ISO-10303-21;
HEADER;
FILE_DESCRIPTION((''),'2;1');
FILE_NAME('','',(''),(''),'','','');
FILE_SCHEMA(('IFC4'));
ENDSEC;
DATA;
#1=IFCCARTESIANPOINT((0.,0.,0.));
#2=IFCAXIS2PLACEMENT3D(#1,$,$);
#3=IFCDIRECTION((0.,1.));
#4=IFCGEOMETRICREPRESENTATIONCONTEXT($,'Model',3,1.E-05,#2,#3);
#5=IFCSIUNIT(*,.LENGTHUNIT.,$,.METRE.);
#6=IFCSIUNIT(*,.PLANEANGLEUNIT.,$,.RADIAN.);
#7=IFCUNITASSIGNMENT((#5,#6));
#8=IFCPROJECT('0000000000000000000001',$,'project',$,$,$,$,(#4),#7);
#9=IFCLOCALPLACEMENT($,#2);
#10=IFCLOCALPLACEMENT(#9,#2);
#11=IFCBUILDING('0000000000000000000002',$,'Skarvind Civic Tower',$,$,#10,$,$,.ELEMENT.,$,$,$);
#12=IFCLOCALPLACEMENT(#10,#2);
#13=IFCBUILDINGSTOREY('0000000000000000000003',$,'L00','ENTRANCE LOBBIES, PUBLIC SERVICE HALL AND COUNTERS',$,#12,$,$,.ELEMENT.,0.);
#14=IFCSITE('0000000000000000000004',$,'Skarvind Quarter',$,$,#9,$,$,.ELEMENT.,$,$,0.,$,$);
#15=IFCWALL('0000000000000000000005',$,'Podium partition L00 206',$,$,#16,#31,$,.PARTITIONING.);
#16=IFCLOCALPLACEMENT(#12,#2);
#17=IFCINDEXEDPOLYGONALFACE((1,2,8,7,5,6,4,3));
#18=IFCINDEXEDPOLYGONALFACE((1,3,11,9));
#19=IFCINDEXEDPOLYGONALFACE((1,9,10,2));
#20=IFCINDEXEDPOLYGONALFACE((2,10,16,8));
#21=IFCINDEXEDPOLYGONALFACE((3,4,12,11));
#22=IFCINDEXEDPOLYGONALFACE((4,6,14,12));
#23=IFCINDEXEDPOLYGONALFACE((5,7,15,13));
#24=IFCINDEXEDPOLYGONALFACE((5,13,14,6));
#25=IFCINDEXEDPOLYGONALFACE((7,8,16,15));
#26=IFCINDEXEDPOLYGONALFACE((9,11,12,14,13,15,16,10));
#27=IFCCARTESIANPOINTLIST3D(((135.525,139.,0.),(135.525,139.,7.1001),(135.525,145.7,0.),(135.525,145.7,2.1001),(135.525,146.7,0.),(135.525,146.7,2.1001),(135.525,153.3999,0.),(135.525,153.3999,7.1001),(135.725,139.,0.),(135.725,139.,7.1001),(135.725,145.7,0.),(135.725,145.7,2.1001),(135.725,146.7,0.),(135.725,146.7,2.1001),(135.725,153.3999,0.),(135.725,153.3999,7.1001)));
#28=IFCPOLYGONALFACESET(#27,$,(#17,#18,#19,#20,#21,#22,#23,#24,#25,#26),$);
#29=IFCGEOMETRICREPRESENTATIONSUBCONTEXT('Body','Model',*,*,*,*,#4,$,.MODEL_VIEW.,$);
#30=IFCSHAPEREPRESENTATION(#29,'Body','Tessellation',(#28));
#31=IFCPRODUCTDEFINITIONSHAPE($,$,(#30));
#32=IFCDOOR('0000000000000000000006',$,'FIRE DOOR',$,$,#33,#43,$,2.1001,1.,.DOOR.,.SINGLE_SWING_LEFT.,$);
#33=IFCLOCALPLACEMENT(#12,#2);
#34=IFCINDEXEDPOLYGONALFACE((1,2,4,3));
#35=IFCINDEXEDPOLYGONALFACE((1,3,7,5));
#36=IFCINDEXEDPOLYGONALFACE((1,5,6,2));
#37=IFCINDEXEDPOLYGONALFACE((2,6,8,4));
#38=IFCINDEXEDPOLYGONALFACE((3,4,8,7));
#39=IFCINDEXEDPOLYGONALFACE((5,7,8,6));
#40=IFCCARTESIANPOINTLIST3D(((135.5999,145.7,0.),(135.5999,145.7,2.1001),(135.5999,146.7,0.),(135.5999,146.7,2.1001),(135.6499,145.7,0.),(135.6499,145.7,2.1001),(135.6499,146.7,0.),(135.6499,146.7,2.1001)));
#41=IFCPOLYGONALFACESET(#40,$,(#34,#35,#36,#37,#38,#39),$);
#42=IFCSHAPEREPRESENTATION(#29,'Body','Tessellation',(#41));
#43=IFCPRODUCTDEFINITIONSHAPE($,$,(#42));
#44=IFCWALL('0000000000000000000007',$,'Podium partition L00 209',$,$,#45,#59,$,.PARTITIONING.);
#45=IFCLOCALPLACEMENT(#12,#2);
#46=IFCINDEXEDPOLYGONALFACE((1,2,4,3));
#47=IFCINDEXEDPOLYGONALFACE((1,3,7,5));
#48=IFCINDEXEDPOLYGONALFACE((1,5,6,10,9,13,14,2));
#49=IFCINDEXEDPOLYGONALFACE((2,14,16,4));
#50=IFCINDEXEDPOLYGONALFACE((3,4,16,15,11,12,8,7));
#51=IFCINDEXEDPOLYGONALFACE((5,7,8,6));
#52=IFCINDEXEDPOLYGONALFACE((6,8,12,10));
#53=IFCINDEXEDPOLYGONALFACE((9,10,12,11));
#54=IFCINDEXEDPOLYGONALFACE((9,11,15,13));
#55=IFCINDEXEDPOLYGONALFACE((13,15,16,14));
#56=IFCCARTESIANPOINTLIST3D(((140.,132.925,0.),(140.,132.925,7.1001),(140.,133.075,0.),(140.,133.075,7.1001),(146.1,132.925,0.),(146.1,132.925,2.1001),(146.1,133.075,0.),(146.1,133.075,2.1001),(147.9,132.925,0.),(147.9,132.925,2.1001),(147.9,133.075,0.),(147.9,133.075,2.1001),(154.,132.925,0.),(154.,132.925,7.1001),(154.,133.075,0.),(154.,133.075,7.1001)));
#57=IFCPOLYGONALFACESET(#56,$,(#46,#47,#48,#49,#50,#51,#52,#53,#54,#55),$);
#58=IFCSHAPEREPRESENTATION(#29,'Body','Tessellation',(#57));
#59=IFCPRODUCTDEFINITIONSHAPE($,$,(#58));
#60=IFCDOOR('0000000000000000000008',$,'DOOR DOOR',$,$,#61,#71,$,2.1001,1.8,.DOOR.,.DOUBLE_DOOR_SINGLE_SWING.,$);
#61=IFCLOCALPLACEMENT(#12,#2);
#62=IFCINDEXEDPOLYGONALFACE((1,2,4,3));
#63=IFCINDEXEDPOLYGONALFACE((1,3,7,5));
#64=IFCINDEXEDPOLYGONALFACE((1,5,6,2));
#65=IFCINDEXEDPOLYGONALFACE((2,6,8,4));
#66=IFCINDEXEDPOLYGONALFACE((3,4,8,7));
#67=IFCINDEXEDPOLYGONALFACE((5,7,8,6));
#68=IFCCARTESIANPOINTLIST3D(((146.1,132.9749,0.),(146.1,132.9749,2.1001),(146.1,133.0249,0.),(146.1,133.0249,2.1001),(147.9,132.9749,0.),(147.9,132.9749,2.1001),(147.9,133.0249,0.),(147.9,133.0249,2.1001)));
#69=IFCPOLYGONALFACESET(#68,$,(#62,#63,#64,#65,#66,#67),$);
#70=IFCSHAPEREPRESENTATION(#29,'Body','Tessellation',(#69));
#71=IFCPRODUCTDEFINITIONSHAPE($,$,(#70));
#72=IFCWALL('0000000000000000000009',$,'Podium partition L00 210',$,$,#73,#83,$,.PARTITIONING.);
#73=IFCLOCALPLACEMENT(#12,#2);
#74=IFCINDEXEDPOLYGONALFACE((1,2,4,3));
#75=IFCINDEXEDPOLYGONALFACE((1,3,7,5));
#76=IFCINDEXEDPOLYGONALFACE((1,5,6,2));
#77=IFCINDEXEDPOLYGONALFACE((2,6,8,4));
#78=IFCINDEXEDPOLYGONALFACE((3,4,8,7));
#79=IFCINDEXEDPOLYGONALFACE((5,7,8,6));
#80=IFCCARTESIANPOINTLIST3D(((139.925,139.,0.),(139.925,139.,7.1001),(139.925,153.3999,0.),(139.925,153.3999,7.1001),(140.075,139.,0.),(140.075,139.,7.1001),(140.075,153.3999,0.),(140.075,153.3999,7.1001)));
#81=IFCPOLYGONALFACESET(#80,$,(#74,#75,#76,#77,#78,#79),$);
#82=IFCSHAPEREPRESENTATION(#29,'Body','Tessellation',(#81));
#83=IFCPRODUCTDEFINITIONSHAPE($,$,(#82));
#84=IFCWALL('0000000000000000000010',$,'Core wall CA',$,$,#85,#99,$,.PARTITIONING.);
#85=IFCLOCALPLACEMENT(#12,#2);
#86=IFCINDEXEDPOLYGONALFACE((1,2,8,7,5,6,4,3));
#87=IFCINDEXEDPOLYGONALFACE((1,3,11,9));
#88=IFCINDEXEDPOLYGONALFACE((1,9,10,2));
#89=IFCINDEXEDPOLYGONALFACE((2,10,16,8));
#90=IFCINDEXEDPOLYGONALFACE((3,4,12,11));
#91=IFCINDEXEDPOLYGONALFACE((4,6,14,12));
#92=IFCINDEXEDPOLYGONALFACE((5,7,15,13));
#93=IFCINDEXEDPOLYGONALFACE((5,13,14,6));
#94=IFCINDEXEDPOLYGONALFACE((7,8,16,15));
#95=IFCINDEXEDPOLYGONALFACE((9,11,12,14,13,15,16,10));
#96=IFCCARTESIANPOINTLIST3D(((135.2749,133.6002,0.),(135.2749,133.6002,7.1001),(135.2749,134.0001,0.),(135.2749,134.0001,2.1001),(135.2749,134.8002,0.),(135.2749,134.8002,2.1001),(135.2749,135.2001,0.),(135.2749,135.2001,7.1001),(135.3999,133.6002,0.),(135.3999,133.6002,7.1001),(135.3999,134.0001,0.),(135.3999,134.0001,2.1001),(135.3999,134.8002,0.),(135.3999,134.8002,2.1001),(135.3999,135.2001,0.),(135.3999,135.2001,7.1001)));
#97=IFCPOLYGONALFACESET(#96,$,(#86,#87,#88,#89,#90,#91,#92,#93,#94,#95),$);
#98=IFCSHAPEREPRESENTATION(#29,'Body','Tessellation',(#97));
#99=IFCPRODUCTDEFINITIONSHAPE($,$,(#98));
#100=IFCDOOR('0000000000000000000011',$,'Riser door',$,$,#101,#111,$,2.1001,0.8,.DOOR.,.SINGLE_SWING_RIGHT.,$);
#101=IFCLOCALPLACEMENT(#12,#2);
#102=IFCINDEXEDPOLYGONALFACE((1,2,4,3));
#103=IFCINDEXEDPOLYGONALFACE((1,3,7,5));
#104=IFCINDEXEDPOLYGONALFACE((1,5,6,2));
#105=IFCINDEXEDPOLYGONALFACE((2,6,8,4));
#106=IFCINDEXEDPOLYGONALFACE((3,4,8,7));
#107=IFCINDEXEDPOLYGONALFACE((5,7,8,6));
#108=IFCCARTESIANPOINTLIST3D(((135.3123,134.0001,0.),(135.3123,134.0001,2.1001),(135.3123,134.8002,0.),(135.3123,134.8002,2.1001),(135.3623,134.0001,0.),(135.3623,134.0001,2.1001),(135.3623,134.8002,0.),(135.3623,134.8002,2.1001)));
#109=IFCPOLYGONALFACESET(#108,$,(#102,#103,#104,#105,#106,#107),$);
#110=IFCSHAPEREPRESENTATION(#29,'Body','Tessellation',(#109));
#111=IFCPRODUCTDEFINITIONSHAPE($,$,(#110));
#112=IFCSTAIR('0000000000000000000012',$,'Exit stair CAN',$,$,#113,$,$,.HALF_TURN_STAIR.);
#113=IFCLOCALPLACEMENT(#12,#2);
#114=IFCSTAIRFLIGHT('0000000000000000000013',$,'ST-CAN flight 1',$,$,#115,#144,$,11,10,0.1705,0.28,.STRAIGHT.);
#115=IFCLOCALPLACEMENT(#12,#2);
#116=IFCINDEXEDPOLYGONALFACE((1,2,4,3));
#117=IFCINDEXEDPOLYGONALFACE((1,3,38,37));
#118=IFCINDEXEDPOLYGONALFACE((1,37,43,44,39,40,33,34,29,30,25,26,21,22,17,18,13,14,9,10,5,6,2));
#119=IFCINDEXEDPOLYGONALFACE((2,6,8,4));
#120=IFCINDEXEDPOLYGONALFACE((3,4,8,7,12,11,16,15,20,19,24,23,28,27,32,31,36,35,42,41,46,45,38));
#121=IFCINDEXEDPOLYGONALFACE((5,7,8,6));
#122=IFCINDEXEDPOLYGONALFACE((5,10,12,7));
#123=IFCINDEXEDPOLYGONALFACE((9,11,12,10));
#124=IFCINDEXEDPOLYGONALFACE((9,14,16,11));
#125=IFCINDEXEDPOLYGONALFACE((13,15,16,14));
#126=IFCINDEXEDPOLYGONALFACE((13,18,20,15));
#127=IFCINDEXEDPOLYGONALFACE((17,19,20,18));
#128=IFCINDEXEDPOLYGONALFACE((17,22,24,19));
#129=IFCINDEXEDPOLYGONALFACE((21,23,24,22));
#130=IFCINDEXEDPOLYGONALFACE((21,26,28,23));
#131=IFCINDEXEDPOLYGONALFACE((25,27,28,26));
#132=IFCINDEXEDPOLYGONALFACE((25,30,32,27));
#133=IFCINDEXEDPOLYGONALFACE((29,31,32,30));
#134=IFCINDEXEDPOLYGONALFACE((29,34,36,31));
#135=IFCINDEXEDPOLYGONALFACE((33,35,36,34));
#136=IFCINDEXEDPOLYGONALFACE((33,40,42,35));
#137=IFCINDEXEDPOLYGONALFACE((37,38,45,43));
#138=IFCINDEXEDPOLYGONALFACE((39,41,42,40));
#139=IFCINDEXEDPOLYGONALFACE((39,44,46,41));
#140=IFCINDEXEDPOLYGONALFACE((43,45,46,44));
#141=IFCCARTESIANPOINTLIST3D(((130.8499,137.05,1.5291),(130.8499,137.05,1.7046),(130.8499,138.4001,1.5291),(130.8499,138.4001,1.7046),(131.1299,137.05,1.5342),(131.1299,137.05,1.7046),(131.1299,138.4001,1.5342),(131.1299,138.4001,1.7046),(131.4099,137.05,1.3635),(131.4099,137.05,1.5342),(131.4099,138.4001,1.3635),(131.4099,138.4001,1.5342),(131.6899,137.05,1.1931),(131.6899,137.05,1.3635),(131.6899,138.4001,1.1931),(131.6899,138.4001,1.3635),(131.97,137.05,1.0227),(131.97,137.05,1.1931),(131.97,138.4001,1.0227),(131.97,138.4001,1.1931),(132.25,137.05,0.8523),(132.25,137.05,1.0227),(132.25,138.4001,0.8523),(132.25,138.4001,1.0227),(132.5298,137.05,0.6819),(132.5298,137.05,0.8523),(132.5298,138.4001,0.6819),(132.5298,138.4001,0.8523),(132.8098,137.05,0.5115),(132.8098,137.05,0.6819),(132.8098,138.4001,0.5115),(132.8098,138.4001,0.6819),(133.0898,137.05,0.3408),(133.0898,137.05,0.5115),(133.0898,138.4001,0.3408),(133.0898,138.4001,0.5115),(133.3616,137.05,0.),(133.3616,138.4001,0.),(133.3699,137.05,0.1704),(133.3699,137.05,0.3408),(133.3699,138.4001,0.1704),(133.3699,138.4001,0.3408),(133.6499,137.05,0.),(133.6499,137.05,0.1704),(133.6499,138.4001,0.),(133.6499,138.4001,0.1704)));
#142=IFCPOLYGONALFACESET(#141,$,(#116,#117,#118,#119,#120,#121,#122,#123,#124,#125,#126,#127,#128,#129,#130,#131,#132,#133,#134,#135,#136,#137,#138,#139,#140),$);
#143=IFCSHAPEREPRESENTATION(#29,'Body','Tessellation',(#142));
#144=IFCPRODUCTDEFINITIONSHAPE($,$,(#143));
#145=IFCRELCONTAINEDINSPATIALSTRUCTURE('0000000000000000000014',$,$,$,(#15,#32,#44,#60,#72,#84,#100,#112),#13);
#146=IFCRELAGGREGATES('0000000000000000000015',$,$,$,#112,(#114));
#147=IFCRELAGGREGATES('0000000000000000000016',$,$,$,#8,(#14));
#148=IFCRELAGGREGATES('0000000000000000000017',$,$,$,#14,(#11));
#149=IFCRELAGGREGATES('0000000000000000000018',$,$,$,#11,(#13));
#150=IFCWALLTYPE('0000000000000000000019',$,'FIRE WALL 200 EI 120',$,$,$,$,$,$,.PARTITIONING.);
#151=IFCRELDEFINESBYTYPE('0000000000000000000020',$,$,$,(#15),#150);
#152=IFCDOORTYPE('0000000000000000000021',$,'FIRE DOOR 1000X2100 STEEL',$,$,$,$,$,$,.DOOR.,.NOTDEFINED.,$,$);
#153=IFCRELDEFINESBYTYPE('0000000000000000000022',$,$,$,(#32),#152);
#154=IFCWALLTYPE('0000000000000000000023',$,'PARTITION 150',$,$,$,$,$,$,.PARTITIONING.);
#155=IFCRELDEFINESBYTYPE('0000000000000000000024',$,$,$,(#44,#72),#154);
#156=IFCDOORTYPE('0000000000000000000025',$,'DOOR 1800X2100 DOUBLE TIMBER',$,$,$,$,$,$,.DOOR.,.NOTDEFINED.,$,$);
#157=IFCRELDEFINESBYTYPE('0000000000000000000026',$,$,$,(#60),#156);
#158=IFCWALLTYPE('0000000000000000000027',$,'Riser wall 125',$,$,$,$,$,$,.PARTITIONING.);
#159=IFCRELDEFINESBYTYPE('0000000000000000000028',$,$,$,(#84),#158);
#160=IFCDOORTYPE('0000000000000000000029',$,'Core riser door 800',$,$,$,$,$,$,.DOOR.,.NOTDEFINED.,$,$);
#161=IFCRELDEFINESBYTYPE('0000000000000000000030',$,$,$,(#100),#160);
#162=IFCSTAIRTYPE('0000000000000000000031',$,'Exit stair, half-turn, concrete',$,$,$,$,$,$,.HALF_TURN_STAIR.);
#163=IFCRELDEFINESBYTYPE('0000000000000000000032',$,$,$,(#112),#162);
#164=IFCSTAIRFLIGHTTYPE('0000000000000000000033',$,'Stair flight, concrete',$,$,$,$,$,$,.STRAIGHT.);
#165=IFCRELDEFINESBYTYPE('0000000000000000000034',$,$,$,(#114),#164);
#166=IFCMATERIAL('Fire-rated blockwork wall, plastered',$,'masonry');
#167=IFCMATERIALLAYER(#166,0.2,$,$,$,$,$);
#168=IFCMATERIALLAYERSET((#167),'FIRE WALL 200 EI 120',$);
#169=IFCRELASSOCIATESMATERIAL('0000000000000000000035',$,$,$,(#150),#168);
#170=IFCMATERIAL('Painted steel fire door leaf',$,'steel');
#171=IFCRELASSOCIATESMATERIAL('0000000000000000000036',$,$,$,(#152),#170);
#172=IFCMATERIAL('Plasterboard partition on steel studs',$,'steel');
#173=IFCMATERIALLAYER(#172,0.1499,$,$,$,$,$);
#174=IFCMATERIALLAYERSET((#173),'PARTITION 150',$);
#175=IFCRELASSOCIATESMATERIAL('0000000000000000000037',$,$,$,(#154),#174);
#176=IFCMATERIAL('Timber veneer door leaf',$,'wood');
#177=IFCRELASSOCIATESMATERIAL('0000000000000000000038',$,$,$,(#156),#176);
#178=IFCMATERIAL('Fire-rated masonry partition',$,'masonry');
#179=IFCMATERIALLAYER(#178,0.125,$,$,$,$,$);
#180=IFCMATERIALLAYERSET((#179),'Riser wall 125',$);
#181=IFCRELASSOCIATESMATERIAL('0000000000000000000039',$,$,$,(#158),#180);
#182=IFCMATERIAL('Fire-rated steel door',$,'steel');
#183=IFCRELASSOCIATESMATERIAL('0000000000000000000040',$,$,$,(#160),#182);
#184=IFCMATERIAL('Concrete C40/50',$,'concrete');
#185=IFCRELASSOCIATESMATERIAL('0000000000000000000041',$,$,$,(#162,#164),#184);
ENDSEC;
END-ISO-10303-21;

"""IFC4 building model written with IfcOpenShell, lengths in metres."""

from ifc_helpers import new_model, si_unit, direction, frame, frame_2d, origin, place, context, subcontext, project, spatial, polyline, rectangle, outline, extrude, material, layer, layer_set, type_object, element, fill, aggregate, save


model = new_model("IFC4")

# Units and contexts
model_context = context("Model", 3, precision=1e-05, world=origin(), true_north=direction((0.0, 1.0)))
body_context = subcontext(model_context, "Body", "Model", "MODEL_VIEW")
ifc_project = project(units=[si_unit("LENGTHUNIT", "METRE"), si_unit("PLANEANGLEUNIT", "RADIAN")], contexts=[model_context])

# Site, building, storey
site_placement = place(None, origin())
site = spatial("IfcSite", under=ifc_project, at=site_placement, Name="Skarvind Quarter", CompositionType="ELEMENT", RefElevation=0.0)
building_placement = place(site_placement, origin())
building = spatial("IfcBuilding", under=site, at=building_placement, Name="Skarvind Civic Tower", CompositionType="ELEMENT")
storey_placement = place(building_placement, origin())
storey = spatial("IfcBuildingStorey", under=building, at=storey_placement, Name="L00", Description="ENTRANCE LOBBIES, PUBLIC SERVICE HALL AND COUNTERS", CompositionType="ELEMENT", Elevation=0.0)

# Shared definitions
ifc_material_1 = material(Name="Fire-rated masonry partition", Category="masonry")
ifc_material_2 = material(Name="Fire-rated steel door", Category="steel")

# Walls, openings, doors
ifc_material_3 = material(Name="Fire-rated blockwork wall, plastered", Category="masonry")
ifc_layer_1 = layer(ifc_material_3, 0.2)
ifc_layer_set_1 = layer_set([ifc_layer_1], Name="FIRE WALL 200 EI 120")
wall_type_1 = type_object("IfcWallType", Name="FIRE WALL 200 EI 120", PredefinedType="PARTITIONING", material=ifc_layer_set_1)
wall_1_placement = place(storey_placement, frame((135.625, 153.3999, 0.0), z_axis=(0.0, 0.0, 1.0), x_axis=(0.0, -1.0, 0.0)))
wall_1 = element("IfcWall", 1, at=wall_1_placement, inside=storey, type_object=wall_type_1, Name="Podium partition L00 206", PredefinedType="PARTITIONING", context=body_context, shape_type="SweptSolid", body=[
    extrude(rectangle(XDim=14.3999, YDim=0.2, at=frame_2d((7.2, 0.0))), origin(), (0.0, 0.0, 1.0), 7.1001),
])
opening_1_placement = place(wall_1_placement, frame((6.7, 0.0, 0.0)))
opening_1 = element("IfcOpeningElement", 2, at=opening_1_placement, cuts=wall_1, PredefinedType="OPENING", context=body_context, shape_type="SweptSolid", body=[
    extrude(rectangle(XDim=1.0, YDim=2.1001, at=frame_2d((0.5, 1.05))), frame((0.0, 0.1099, 0.0), z_axis=(0.0, -1.0, 0.0), x_axis=(1.0, 0.0, 0.0)), (0.0, 0.0, 1.0), 0.22),
])
ifc_material_4 = material(Name="Painted steel fire door leaf", Category="steel")
door_type_1 = type_object("IfcDoorType", Name="FIRE DOOR 1000X2100 STEEL", OperationType="NOTDEFINED", PredefinedType="DOOR", material=ifc_material_4)
door_1_placement = place(opening_1_placement, origin())
door_1 = element("IfcDoor", 3, at=door_1_placement, inside=storey, type_object=door_type_1, Name="FIRE DOOR", OperationType="SINGLE_SWING_LEFT", OverallHeight=2.1001, OverallWidth=1.0, PredefinedType="DOOR", context=body_context, shape_type="SweptSolid", body=[
    extrude(rectangle(XDim=1.0, YDim=2.1001, at=frame_2d((0.5, 1.05))), frame((0.0, 0.0249, 0.0), z_axis=(0.0, -1.0, 0.0), x_axis=(1.0, 0.0, 0.0)), (0.0, 0.0, 1.0), 0.05),
])
fill(opening_1, door_1)
ifc_material_5 = material(Name="Plasterboard partition on steel studs", Category="steel")
ifc_layer_2 = layer(ifc_material_5, 0.1499)
ifc_layer_set_2 = layer_set([ifc_layer_2], Name="PARTITION 150")
wall_type_2 = type_object("IfcWallType", Name="PARTITION 150", PredefinedType="PARTITIONING", material=ifc_layer_set_2)
wall_2_placement = place(storey_placement, frame((140.0, 133.0, 0.0), z_axis=(0.0, 0.0, 1.0), x_axis=(1.0, 0.0, 0.0)))
wall_2 = element("IfcWall", 4, at=wall_2_placement, inside=storey, type_object=wall_type_2, Name="Podium partition L00 209", PredefinedType="PARTITIONING", context=body_context, shape_type="SweptSolid", body=[
    extrude(rectangle(XDim=14.0, YDim=0.1499, at=frame_2d((7.0, 0.0))), origin(), (0.0, 0.0, 1.0), 7.1001),
])
opening_2_placement = place(wall_2_placement, frame((6.1001, 0.0, 0.0)))
opening_2 = element("IfcOpeningElement", 5, at=opening_2_placement, cuts=wall_2, PredefinedType="OPENING", context=body_context, shape_type="SweptSolid", body=[
    extrude(rectangle(XDim=1.8, YDim=2.1001, at=frame_2d((0.8999, 1.05))), frame((0.0, 0.085, 0.0), z_axis=(0.0, -1.0, 0.0), x_axis=(1.0, 0.0, 0.0)), (0.0, 0.0, 1.0), 0.1699),
])
ifc_material_6 = material(Name="Timber veneer door leaf", Category="wood")
door_type_2 = type_object("IfcDoorType", Name="DOOR 1800X2100 DOUBLE TIMBER", OperationType="NOTDEFINED", PredefinedType="DOOR", material=ifc_material_6)
door_2_placement = place(opening_2_placement, origin())
door_2 = element("IfcDoor", 6, at=door_2_placement, inside=storey, type_object=door_type_2, Name="DOOR DOOR", OperationType="DOUBLE_DOOR_SINGLE_SWING", OverallHeight=2.1001, OverallWidth=1.8, PredefinedType="DOOR", context=body_context, shape_type="SweptSolid", body=[
    extrude(rectangle(XDim=1.8, YDim=2.1001, at=frame_2d((0.8999, 1.05))), frame((0.0, 0.0249, 0.0), z_axis=(0.0, -1.0, 0.0), x_axis=(1.0, 0.0, 0.0)), (0.0, 0.0, 1.0), 0.05),
])
fill(opening_2, door_2)

# Wall
wall_3_placement = place(storey_placement, frame((140.0, 139.0, 0.0), z_axis=(0.0, 0.0, 1.0), x_axis=(0.0, 1.0, 0.0)))
element("IfcWall", 7, at=wall_3_placement, inside=storey, type_object=wall_type_2, Name="Podium partition L00 210", PredefinedType="PARTITIONING", context=body_context, shape_type="SweptSolid", body=[
    extrude(rectangle(XDim=14.3999, YDim=0.1499, at=frame_2d((7.2, 0.0))), origin(), (0.0, 0.0, 1.0), 7.1001),
])

# Wall, opening, door
ifc_layer_3 = layer(ifc_material_1, 0.125)
ifc_layer_set_3 = layer_set([ifc_layer_3], Name="Riser wall 125")
wall_type_3 = type_object("IfcWallType", Name="Riser wall 125", PredefinedType="PARTITIONING", material=ifc_layer_set_3)
wall_4_placement = place(storey_placement, frame((135.3374, 135.2, 0.0), z_axis=(0.0, 0.0, 1.0), x_axis=(0.0, -1.0, 0.0)))
wall_4 = element("IfcWall", 8, at=wall_4_placement, inside=storey, type_object=wall_type_3, Name="Core wall CA", PredefinedType="PARTITIONING", context=body_context, shape_type="SweptSolid", body=[
    extrude(rectangle(XDim=1.5999, YDim=0.125, at=frame_2d((0.7998, 0.0))), origin(), (0.0, 0.0, 1.0), 7.1001),
])
opening_3_placement = place(wall_4_placement, frame((0.3999, 0.0, 0.0)))
opening_3 = element("IfcOpeningElement", 9, at=opening_3_placement, cuts=wall_4, PredefinedType="OPENING", context=body_context, shape_type="SweptSolid", body=[
    extrude(rectangle(XDim=0.8, YDim=2.1001, at=frame_2d((0.3999, 1.05))), frame((0.0, 0.0725, 0.0), z_axis=(0.0, -1.0, 0.0), x_axis=(1.0, 0.0, 0.0)), (0.0, 0.0, 1.0), 0.145),
])
door_type_3 = type_object("IfcDoorType", Name="Core riser door 800", OperationType="NOTDEFINED", PredefinedType="DOOR", material=ifc_material_2)
door_3_placement = place(opening_3_placement, origin())
door_3 = element("IfcDoor", 10, at=door_3_placement, inside=storey, type_object=door_type_3, Name="Riser door", OperationType="SINGLE_SWING_RIGHT", OverallHeight=2.1001, OverallWidth=0.8, PredefinedType="DOOR", context=body_context, shape_type="SweptSolid", body=[
    extrude(rectangle(XDim=0.8, YDim=2.1001, at=frame_2d((0.3999, 1.05))), frame((0.0, 0.0249, 0.0), z_axis=(0.0, -1.0, 0.0), x_axis=(1.0, 0.0, 0.0)), (0.0, 0.0, 1.0), 0.05),
])
fill(opening_3, door_3)

# Stair, stair flight
ifc_material_7 = material(Name="Concrete C40/50", Category="concrete")
stair_type = type_object("IfcStairType", Name="Exit stair, half-turn, concrete", PredefinedType="HALF_TURN_STAIR", material=ifc_material_7)
stair_placement = place(storey_placement, origin())
stair = element("IfcStair", 11, at=stair_placement, inside=storey, type_object=stair_type, Name="Exit stair CAN", PredefinedType="HALF_TURN_STAIR")
stair_flight_type = type_object("IfcStairFlightType", Name="Stair flight, concrete", PredefinedType="STRAIGHT", material=ifc_material_7)
stair_flight_1_placement = place(storey_placement, frame((133.6499, 137.7251, 0.0), z_axis=(0.0, 0.0, 1.0), x_axis=(-1.0, 0.0, 0.0)))
stair_flight_1 = element("IfcStairFlight", 12, at=stair_flight_1_placement, type_object=stair_flight_type, Name="ST-CAN flight 1", NumberOfRisers=11, NumberOfTreads=10, PredefinedType="STRAIGHT", RiserHeight=0.1705, TreadLength=0.28, context=body_context, shape_type="SweptSolid", body=[
    extrude(outline(polyline([(0.0, 0.0), (0.0, 0.1704), (0.28, 0.1704), (0.28, 0.3408), (0.5601, 0.3408), (0.5601, 0.5115), (0.8401, 0.5115), (0.8401, 0.6819), (1.1201, 0.6819), (1.1201, 0.8523), (1.3999, 0.8523), (1.3999, 1.0227), (1.6799, 1.0227), (1.6799, 1.1931), (1.96, 1.1931), (1.96, 1.3635), (2.24, 1.3635), (2.24, 1.5342), (2.52, 1.5342), (2.52, 1.7046), (2.8, 1.7046), (2.8, 1.875), (2.8, 1.5291), (0.2883, 0.0), (0.0, 0.0)])), frame((0.0, 0.675, 0.0), z_axis=(0.0, -1.0, 0.0), x_axis=(1.0, 0.0, 0.0)), (0.0, 0.0, 1.0), 1.3501),
])
aggregate(stair, [stair_flight_1])

save(model, "model.ifc")
